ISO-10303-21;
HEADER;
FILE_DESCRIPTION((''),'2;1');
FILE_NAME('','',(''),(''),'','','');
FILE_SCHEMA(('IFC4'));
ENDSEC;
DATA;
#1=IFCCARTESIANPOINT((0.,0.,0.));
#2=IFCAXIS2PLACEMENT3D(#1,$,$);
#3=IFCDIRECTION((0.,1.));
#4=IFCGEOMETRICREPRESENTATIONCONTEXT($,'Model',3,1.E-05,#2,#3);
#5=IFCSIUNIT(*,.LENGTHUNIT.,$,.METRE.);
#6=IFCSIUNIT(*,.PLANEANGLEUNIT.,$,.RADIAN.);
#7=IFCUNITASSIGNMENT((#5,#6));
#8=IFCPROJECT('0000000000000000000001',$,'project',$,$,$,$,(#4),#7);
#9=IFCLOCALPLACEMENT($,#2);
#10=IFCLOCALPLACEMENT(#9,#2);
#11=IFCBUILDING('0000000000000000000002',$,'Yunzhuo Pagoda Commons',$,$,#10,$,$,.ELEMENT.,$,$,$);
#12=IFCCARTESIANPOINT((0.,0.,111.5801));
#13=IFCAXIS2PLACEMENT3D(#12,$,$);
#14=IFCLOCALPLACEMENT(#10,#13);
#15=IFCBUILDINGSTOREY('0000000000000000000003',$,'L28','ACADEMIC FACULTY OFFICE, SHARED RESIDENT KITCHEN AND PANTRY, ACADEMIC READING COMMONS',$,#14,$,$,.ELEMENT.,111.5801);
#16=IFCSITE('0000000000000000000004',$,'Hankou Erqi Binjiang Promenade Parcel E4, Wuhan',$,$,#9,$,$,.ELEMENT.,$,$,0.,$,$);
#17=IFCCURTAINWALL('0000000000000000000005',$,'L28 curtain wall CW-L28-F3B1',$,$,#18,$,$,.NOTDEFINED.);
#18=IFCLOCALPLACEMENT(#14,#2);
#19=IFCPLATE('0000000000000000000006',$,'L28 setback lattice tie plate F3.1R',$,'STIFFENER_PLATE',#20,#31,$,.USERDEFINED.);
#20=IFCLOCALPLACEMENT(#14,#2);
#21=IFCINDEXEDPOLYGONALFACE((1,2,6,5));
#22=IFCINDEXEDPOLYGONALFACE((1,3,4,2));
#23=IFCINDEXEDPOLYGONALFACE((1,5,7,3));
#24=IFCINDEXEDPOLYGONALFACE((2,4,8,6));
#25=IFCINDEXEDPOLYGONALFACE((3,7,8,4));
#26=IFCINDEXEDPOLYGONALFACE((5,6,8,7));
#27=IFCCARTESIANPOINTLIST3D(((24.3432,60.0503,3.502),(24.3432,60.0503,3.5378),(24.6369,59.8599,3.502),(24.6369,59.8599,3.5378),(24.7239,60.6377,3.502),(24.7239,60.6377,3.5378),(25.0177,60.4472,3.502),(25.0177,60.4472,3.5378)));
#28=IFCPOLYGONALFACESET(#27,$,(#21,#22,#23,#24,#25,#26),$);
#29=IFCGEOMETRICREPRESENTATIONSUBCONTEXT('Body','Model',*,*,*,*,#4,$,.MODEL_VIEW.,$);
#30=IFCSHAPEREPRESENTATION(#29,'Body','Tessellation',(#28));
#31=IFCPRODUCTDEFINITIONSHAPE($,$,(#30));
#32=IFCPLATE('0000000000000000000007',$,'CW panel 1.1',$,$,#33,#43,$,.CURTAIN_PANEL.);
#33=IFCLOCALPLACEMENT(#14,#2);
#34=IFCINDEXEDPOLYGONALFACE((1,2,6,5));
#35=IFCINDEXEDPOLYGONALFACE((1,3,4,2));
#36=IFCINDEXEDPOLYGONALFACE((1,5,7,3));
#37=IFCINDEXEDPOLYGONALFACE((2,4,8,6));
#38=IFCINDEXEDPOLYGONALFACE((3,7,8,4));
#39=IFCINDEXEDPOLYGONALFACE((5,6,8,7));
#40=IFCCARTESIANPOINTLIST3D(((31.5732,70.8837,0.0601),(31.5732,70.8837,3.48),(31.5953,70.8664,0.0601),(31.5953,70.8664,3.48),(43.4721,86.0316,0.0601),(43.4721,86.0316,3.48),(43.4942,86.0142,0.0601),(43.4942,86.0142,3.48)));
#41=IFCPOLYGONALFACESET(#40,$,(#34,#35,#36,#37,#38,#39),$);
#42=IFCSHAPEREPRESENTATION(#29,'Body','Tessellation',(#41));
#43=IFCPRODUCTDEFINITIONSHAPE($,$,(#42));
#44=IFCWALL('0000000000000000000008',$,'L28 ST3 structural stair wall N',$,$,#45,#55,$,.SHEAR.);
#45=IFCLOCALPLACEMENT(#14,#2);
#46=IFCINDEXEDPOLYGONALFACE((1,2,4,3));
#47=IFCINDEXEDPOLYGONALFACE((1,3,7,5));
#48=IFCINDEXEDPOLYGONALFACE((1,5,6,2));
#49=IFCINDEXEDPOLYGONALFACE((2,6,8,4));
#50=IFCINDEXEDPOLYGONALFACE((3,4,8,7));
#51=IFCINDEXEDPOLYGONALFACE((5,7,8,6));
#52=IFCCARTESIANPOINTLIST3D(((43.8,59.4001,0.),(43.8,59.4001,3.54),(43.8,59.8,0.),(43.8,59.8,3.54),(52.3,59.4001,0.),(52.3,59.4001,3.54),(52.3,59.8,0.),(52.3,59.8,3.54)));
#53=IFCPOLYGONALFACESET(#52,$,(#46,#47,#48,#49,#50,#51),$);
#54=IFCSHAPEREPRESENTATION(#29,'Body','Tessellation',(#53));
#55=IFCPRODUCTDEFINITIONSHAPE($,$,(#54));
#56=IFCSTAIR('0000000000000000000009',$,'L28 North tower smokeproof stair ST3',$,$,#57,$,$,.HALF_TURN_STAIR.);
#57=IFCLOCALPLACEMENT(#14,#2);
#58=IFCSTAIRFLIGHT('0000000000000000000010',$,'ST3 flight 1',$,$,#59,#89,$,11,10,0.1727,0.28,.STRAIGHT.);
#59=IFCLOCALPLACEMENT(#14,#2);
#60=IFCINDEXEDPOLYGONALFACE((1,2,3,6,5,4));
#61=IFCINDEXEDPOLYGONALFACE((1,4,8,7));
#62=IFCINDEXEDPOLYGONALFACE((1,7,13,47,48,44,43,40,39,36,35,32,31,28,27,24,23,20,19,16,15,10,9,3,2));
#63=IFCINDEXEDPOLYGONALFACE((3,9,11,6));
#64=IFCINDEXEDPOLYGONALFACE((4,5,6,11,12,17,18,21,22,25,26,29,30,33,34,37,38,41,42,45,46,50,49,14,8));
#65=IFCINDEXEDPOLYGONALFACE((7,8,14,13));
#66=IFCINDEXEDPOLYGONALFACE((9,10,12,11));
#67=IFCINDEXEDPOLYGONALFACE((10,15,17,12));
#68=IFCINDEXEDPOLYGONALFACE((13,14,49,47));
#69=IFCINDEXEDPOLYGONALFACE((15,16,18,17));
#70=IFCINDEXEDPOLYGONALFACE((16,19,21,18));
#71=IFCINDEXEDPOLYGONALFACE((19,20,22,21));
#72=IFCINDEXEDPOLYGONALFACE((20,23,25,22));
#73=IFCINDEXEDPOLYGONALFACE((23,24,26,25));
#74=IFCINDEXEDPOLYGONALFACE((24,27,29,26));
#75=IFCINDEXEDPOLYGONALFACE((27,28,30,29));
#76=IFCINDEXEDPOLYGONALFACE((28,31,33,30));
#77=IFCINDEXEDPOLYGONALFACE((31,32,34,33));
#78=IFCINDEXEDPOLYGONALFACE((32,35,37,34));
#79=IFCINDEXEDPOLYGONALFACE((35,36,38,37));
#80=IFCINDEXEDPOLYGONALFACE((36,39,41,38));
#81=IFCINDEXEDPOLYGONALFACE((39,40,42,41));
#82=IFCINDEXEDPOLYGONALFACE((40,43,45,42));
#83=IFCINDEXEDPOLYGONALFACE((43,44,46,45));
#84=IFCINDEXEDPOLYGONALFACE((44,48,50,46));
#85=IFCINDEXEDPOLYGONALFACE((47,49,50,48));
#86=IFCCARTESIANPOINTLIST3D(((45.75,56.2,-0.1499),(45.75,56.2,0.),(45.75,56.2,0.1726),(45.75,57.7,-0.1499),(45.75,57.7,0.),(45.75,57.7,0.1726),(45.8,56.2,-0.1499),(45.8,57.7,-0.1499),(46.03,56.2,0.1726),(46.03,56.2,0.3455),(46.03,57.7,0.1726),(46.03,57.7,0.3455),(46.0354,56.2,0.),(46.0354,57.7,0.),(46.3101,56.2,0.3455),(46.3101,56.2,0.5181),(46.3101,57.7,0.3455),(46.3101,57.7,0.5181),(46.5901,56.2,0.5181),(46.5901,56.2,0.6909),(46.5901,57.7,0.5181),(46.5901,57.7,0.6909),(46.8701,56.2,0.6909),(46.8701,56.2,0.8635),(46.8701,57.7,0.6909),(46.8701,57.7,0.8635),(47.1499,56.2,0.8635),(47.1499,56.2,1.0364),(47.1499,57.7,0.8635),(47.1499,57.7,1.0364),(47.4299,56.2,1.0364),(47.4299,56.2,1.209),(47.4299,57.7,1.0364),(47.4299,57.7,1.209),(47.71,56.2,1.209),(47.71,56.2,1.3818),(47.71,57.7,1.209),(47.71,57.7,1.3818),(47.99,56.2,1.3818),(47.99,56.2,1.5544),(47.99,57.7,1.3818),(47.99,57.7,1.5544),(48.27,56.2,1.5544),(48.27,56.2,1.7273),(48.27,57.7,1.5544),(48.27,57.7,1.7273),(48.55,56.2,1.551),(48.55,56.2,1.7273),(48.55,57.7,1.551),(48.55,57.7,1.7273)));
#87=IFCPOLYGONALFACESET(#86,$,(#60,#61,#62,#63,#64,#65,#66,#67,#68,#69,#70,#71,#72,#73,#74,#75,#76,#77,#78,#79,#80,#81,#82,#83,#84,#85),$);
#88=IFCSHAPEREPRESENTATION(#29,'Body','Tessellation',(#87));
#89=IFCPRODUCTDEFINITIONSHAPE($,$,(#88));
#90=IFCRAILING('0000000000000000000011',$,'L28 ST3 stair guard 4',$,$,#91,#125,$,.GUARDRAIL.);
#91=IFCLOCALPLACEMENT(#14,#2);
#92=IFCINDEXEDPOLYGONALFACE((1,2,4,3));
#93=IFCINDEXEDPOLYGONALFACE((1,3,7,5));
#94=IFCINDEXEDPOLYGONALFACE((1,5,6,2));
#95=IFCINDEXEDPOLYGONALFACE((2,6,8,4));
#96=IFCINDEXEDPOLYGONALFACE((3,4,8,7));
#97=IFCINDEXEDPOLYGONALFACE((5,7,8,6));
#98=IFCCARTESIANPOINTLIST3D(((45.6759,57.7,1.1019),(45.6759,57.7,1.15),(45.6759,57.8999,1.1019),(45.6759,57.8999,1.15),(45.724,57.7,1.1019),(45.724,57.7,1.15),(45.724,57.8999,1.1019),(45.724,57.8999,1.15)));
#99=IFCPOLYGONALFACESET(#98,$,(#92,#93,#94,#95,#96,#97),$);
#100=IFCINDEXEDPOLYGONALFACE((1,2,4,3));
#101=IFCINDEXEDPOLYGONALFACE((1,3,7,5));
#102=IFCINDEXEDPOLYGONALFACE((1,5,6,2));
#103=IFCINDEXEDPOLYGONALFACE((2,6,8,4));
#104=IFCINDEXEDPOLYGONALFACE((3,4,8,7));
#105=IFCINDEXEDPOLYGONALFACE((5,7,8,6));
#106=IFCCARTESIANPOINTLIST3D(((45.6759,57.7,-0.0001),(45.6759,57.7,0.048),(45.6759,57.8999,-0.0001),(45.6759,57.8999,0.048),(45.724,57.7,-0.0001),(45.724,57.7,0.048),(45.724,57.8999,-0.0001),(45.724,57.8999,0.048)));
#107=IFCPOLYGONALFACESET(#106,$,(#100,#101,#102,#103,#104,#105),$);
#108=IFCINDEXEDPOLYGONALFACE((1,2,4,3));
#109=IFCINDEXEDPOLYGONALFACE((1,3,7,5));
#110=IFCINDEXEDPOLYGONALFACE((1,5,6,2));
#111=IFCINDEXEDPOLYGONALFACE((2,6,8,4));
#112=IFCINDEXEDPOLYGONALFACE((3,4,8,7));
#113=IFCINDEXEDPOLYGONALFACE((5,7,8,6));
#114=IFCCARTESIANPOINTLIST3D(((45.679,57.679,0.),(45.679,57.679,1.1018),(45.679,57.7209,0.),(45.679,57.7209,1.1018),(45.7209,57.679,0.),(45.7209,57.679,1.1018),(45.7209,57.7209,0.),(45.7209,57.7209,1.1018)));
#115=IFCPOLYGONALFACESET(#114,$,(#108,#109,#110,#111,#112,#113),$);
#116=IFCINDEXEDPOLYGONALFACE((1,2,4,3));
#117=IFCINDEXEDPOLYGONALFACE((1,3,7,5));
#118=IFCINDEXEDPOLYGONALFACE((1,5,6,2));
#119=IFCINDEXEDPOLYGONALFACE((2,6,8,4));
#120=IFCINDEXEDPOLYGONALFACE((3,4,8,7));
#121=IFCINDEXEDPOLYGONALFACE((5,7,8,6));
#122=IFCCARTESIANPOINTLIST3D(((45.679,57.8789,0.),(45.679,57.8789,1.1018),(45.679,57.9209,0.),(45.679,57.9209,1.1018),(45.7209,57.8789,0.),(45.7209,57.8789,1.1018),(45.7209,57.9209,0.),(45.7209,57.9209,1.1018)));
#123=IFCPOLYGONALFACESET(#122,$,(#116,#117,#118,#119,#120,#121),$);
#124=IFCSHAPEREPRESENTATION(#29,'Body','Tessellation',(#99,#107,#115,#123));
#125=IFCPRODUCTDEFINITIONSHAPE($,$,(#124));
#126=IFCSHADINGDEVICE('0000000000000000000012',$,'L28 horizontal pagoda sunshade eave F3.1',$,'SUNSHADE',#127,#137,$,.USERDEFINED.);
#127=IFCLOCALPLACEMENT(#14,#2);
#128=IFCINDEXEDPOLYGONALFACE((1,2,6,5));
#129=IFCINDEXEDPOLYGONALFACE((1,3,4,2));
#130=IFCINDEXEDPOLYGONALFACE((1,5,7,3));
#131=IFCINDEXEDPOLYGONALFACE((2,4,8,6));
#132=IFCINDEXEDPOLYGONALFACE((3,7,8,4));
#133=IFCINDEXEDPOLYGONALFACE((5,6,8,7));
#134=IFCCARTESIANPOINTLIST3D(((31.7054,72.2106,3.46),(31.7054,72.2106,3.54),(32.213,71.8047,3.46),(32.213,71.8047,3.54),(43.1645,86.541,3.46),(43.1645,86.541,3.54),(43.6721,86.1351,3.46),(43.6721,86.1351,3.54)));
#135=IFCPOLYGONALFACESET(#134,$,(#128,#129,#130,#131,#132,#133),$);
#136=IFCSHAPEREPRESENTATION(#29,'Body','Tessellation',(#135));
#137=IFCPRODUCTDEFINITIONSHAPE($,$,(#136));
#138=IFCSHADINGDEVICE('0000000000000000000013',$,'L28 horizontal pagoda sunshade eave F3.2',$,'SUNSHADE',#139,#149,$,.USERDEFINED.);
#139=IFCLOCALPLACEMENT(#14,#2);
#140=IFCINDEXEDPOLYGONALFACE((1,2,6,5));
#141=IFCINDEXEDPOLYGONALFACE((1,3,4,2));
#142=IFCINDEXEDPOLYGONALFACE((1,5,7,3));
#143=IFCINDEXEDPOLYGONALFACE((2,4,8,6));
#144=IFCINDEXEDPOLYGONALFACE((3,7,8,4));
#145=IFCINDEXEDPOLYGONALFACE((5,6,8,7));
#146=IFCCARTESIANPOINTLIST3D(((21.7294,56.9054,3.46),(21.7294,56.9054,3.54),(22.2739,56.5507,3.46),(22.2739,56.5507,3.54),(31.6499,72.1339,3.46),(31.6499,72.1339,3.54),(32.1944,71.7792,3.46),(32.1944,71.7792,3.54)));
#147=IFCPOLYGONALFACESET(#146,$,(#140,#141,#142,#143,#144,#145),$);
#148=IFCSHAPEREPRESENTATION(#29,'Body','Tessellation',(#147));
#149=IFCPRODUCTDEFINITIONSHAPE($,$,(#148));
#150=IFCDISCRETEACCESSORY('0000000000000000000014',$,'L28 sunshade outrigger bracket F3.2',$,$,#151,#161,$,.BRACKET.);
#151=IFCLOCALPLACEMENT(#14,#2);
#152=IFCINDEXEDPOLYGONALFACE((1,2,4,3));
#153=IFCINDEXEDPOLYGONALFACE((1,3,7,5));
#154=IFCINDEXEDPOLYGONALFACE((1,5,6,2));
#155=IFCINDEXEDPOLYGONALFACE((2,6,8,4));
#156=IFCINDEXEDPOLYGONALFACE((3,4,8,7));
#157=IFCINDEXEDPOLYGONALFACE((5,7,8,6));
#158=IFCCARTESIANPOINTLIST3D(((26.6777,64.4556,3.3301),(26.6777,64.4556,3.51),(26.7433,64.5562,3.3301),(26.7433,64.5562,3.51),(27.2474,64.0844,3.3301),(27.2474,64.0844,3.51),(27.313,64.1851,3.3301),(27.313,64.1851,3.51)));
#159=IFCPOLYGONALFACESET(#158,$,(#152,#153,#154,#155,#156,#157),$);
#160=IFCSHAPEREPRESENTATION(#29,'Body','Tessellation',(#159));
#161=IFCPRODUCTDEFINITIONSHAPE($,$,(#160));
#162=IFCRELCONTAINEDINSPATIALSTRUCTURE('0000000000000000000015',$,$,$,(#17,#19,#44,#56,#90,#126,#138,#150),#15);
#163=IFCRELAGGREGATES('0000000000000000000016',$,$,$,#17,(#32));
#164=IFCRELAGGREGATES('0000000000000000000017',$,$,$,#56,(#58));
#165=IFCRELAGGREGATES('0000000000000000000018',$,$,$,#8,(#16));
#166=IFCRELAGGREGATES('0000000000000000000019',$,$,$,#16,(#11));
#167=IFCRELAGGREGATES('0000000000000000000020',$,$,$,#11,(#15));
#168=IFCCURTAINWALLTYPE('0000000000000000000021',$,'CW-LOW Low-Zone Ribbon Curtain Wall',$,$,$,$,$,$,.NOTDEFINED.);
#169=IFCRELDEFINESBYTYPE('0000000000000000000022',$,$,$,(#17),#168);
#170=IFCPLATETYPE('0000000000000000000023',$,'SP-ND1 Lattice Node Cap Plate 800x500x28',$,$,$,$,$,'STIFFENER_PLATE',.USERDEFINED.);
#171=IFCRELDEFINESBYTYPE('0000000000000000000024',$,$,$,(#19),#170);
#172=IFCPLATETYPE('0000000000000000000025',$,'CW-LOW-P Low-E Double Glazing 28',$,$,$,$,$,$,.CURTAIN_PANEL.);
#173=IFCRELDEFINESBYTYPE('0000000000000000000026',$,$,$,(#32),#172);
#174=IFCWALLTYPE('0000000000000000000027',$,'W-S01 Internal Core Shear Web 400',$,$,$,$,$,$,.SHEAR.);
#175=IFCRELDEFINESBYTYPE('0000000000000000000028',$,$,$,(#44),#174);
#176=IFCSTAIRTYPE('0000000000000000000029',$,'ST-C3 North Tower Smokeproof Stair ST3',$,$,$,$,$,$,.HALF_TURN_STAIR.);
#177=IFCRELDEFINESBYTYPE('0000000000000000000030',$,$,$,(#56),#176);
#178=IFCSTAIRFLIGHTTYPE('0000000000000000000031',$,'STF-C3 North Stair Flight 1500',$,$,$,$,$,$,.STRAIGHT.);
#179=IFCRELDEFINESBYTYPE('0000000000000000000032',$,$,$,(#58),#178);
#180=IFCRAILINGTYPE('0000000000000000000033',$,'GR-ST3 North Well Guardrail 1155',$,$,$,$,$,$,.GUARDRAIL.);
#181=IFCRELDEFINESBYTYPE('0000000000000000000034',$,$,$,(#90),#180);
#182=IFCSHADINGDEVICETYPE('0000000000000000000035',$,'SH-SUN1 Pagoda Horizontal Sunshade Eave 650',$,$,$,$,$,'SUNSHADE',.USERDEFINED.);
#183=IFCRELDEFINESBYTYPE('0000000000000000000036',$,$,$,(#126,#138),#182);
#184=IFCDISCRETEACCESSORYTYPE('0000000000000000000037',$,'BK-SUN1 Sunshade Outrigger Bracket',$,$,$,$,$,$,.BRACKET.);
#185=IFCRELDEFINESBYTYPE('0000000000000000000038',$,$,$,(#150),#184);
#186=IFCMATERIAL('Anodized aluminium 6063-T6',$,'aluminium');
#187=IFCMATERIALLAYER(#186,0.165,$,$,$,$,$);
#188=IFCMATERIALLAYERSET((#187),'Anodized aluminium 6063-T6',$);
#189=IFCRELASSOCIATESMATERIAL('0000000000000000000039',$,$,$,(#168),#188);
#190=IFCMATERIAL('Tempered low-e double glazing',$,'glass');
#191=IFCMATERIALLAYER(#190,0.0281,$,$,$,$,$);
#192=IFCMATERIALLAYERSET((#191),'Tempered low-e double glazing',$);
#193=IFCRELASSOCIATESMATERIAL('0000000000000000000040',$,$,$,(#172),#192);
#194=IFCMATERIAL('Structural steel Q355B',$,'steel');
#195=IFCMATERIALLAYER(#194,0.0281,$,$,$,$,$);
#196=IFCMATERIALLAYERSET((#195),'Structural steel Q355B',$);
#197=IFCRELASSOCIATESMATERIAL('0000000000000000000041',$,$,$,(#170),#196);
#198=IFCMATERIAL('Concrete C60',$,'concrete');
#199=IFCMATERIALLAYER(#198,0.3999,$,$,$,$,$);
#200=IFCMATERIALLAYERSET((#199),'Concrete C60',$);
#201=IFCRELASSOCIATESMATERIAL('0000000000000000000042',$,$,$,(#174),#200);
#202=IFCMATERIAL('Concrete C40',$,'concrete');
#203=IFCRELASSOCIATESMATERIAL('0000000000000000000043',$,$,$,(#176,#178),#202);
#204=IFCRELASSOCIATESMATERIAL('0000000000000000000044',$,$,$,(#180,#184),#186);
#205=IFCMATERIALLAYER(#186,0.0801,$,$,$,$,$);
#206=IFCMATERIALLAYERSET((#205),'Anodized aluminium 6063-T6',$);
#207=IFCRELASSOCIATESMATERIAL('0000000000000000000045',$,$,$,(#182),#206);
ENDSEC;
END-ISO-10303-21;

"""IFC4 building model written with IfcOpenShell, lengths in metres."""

from ifc_helpers import new_model, si_unit, direction, frame, frame_2d, origin, origin_2d, place, context, subcontext, project, spatial, polyline, rectangle, outline, extrude, source, transform, mapped, material, layer, layer_set, type_object, element, aggregate, save


model = new_model("IFC4")

# Units and contexts
model_context = context("Model", 3, precision=1e-05, world=origin(), true_north=direction((0.0, 1.0)))
body_context = subcontext(model_context, "Body", "Model", "MODEL_VIEW")
ifc_project = project(units=[si_unit("LENGTHUNIT", "METRE"), si_unit("PLANEANGLEUNIT", "RADIAN")], contexts=[model_context])

# Site, building, storey
site_placement = place(None, origin())
site = spatial("IfcSite", under=ifc_project, at=site_placement, Name="Hankou Erqi Binjiang Promenade Parcel E4, Wuhan", CompositionType="ELEMENT", RefElevation=0.0)
building_placement = place(site_placement, origin())
building = spatial("IfcBuilding", under=site, at=building_placement, Name="Yunzhuo Pagoda Commons", CompositionType="ELEMENT")
storey_placement = place(building_placement, frame((0.0, 0.0, 111.5801)))
storey = spatial("IfcBuildingStorey", under=building, at=storey_placement, Name="L28", Description="ACADEMIC FACULTY OFFICE, SHARED RESIDENT KITCHEN AND PANTRY, ACADEMIC READING COMMONS", CompositionType="ELEMENT", Elevation=111.5801)

# Shared definitions
ifc_material_1 = material(Name="Structural steel Q355B", Category="steel")

# Curtain wall
ifc_material_2 = material(Name="Anodized aluminium 6063-T6", Category="aluminium")
ifc_layer_1 = layer(ifc_material_2, 0.165)
ifc_layer_set_1 = layer_set([ifc_layer_1], Name="Anodized aluminium 6063-T6")
curtain_wall_type = type_object("IfcCurtainWallType", Name="CW-LOW Low-Zone Ribbon Curtain Wall", PredefinedType="NOTDEFINED", material=ifc_layer_set_1)
curtain_wall_1_placement = place(storey_placement, origin())
curtain_wall_1 = element("IfcCurtainWall", 1, at=curtain_wall_1_placement, inside=storey, type_object=curtain_wall_type, Name="L28 curtain wall CW-L28-F3B1", PredefinedType="NOTDEFINED")

# Shared definitions
ifc_material_3 = material(Name="Tempered low-e double glazing", Category="glass")
ifc_layer_2 = layer(ifc_material_3, 0.0281)
ifc_layer_set_2 = layer_set([ifc_layer_2], Name="Tempered low-e double glazing")
plate_type_1 = type_object("IfcPlateType", Name="CW-LOW-P Low-E Double Glazing 28", PredefinedType="CURTAIN_PANEL", material=ifc_layer_set_2)

# Plate
ifc_layer_3 = layer(ifc_material_1, 0.0281)
ifc_layer_set_3 = layer_set([ifc_layer_3], Name="Structural steel Q355B")
plate_type_2 = type_object("IfcPlateType", Name="SP-ND1 Lattice Node Cap Plate 800x500x28", ElementType="STIFFENER_PLATE", PredefinedType="USERDEFINED", material=ifc_layer_set_3)
shared_shape_1 = source(origin(), body_context, "Body", "SweptSolid", [
    extrude(rectangle(XDim=0.7, YDim=0.3501, at=origin_2d()), origin(), (0.0, 0.0, 1.0), 0.0359),
])
for number, where, z_axis, x_axis, name in (
    (2, (24.6804, 60.2488, 3.502), (0.0, 0.0, 1.0), (-0.543966, -0.839108, 0.0), "L28 setback lattice tie plate F3.1R"),
):
    element("IfcPlate", number, at=place(storey_placement, frame(where, z_axis=z_axis, x_axis=x_axis)), inside=storey, type_object=plate_type_2, Name=name, ObjectType="STIFFENER_PLATE", PredefinedType="USERDEFINED", context=body_context, shape_type="MappedRepresentation", body=[
        mapped(shared_shape_1, transform((0.0, 0.0, 0.0), scale=1.0)),
    ])

# Plate
shared_shape_2 = source(origin(), body_context, "Body", "SweptSolid", [
    extrude(rectangle(XDim=19.2625, YDim=0.0281, at=origin_2d()), origin(), (0.0, 0.0, 1.0), 3.4199),
])
plate_1_placement = place(storey_placement, frame((37.5337, 78.449, 0.0601), z_axis=(0.0, 0.0, 1.0), x_axis=(-0.617728, -0.786392, 0.0)))
plate_1 = element("IfcPlate", 3, at=plate_1_placement, type_object=plate_type_1, Name="CW panel 1.1", PredefinedType="CURTAIN_PANEL", context=body_context, shape_type="MappedRepresentation", body=[
    mapped(shared_shape_2, transform((0.0, 0.0, 0.0), scale=1.0)),
])
aggregate(curtain_wall_1, [plate_1])

# Wall
ifc_material_4 = material(Name="Concrete C60", Category="concrete")
ifc_layer_4 = layer(ifc_material_4, 0.3999)
ifc_layer_set_4 = layer_set([ifc_layer_4], Name="Concrete C60")
wall_type = type_object("IfcWallType", Name="W-S01 Internal Core Shear Web 400", PredefinedType="SHEAR", material=ifc_layer_set_4)
wall_placement = place(storey_placement, frame((43.8, 59.6001, 0.0), z_axis=(0.0, 0.0, 1.0), x_axis=(1.0, 0.0, 0.0)))
element("IfcWall", 4, at=wall_placement, inside=storey, type_object=wall_type, Name="L28 ST3 structural stair wall N", PredefinedType="SHEAR", context=body_context, shape_type="SweptSolid", body=[
    extrude(rectangle(XDim=8.5, YDim=0.3999, at=frame_2d((4.25, 0.0))), origin(), (0.0, 0.0, 1.0), 3.54),
])

# Stair, stair flight
ifc_material_5 = material(Name="Concrete C40", Category="concrete")
stair_type = type_object("IfcStairType", Name="ST-C3 North Tower Smokeproof Stair ST3", PredefinedType="HALF_TURN_STAIR", material=ifc_material_5)
stair_placement = place(storey_placement, origin())
stair = element("IfcStair", 5, at=stair_placement, inside=storey, type_object=stair_type, Name="L28 North tower smokeproof stair ST3", PredefinedType="HALF_TURN_STAIR")
stair_flight_type = type_object("IfcStairFlightType", Name="STF-C3 North Stair Flight 1500", PredefinedType="STRAIGHT", material=ifc_material_5)
shared_shape_3 = source(origin(), body_context, "Body", "SweptSolid", [
    extrude(outline(polyline([(0.0, -0.1499), (0.0, 0.0), (0.0, 0.1726), (0.28, 0.1726), (0.28, 0.3455), (0.5601, 0.3455), (0.5601, 0.5181), (0.8401, 0.5181), (0.8401, 0.6909), (1.1201, 0.6909), (1.1201, 0.8635), (1.3999, 0.8635), (1.3999, 1.0364), (1.6799, 1.0364), (1.6799, 1.209), (1.96, 1.209), (1.96, 1.3818), (2.24, 1.3818), (2.24, 1.5544), (2.52, 1.5544), (2.52, 1.7273), (2.8, 1.7273), (2.8, 1.8999), (2.8, 1.551), (0.2854, 0.0), (0.05, -0.1499), (0.0, -0.1499)])), frame((0.0, 0.75, 0.0), z_axis=(0.0, -1.0, 0.0), x_axis=(1.0, 0.0, 0.0)), (0.0, 0.0, 1.0), 1.5),
])
stair_flight_placement = place(storey_placement, frame((45.75, 56.95, 0.0), z_axis=(0.0, 0.0, 1.0), x_axis=(1.0, 0.0, 0.0)))
stair_flight = element("IfcStairFlight", 6, at=stair_flight_placement, type_object=stair_flight_type, Name="ST3 flight 1", NumberOfRisers=11, NumberOfTreads=10, PredefinedType="STRAIGHT", RiserHeight=0.1727, TreadLength=0.28, context=body_context, shape_type="MappedRepresentation", body=[
    mapped(shared_shape_3, transform((0.0, 0.0, 0.0), scale=1.0)),
])
aggregate(stair, [stair_flight])

# Railing
railing_type = type_object("IfcRailingType", Name="GR-ST3 North Well Guardrail 1155", PredefinedType="GUARDRAIL", material=ifc_material_2)
railing_placement = place(storey_placement, frame((45.7, 57.7, 0.0)))
element("IfcRailing", 7, at=railing_placement, inside=storey, type_object=railing_type, Name="L28 ST3 stair guard 4", PredefinedType="GUARDRAIL", context=body_context, shape_type="SweptSolid", body=[
    extrude(rectangle(XDim=0.0481, YDim=0.0481, at=origin_2d()), frame((0.0, 0.0, 1.126), z_axis=(0.0, 1.0, 0.0), x_axis=(-1.0, 0.0, 0.0)), (0.0, 0.0, 1.0), 0.2),
    extrude(rectangle(XDim=0.0481, YDim=0.0481, at=origin_2d()), frame((0.0, 0.0, 0.0239), z_axis=(0.0, 1.0, 0.0), x_axis=(-1.0, 0.0, 0.0)), (0.0, 0.0, 1.0), 0.2),
    extrude(rectangle(XDim=0.042, YDim=0.042, at=origin_2d()), origin(), (0.0, 0.0, 1.0), 1.1018),
    extrude(rectangle(XDim=0.042, YDim=0.042, at=origin_2d()), frame((0.0, 0.2, 0.0)), (0.0, 0.0, 1.0), 1.1018),
])

# Shading devices
ifc_layer_5 = layer(ifc_material_2, 0.0801)
ifc_layer_set_5 = layer_set([ifc_layer_5], Name="Anodized aluminium 6063-T6")
shading_device_type = type_object("IfcShadingDeviceType", Name="SH-SUN1 Pagoda Horizontal Sunshade Eave 650", ElementType="SUNSHADE", PredefinedType="USERDEFINED", material=ifc_layer_set_5)
shared_shape_4 = source(origin(), body_context, "Body", "SweptSolid", [
    extrude(rectangle(XDim=18.3486, YDim=0.6499, at=origin_2d()), origin(), (0.0, 0.0, 1.0), 0.0801),
])
shading_device_1_placement = place(storey_placement, frame((37.6887, 79.1729, 3.46), z_axis=(0.0, 0.0, 1.0), x_axis=(-0.62452, -0.781008, 0.0)))
element("IfcShadingDevice", 8, at=shading_device_1_placement, inside=storey, type_object=shading_device_type, Name="L28 horizontal pagoda sunshade eave F3.1", ObjectType="SUNSHADE", PredefinedType="USERDEFINED", context=body_context, shape_type="MappedRepresentation", body=[
    mapped(shared_shape_4, transform((0.0, 0.0, 0.0), scale=1.0)),
])
shared_shape_5 = source(origin(), body_context, "Body", "SweptSolid", [
    extrude(rectangle(XDim=18.1748, YDim=0.6499, at=origin_2d()), origin(), (0.0, 0.0, 1.0), 0.0801),
])
shading_device_2_placement = place(storey_placement, frame((26.9619, 64.3423, 3.46), z_axis=(0.0, 0.0, 1.0), x_axis=(-0.545839, -0.83789, 0.0)))
element("IfcShadingDevice", 9, at=shading_device_2_placement, inside=storey, type_object=shading_device_type, Name="L28 horizontal pagoda sunshade eave F3.2", ObjectType="SUNSHADE", PredefinedType="USERDEFINED", context=body_context, shape_type="MappedRepresentation", body=[
    mapped(shared_shape_5, transform((0.0, 0.0, 0.0), scale=1.0)),
])

# Discrete accessory
discrete_accessory_type = type_object("IfcDiscreteAccessoryType", Name="BK-SUN1 Sunshade Outrigger Bracket", PredefinedType="BRACKET", material=ifc_material_2)
shared_shape_6 = source(origin(), body_context, "Body", "SweptSolid", [
    extrude(rectangle(XDim=0.1201, YDim=0.6799, at=origin_2d()), origin(), (0.0, 0.0, 1.0), 0.1799),
])
discrete_accessory_placement = place(storey_placement, frame((26.9954, 64.3203, 3.3301), z_axis=(0.0, 0.0, 1.0), x_axis=(-0.545839, -0.83789, 0.0)))
element("IfcDiscreteAccessory", 10, at=discrete_accessory_placement, inside=storey, type_object=discrete_accessory_type, Name="L28 sunshade outrigger bracket F3.2", PredefinedType="BRACKET", context=body_context, shape_type="MappedRepresentation", body=[
    mapped(shared_shape_6, transform((0.0, 0.0, 0.0), scale=1.0)),
])

save(model, "model.ifc")
